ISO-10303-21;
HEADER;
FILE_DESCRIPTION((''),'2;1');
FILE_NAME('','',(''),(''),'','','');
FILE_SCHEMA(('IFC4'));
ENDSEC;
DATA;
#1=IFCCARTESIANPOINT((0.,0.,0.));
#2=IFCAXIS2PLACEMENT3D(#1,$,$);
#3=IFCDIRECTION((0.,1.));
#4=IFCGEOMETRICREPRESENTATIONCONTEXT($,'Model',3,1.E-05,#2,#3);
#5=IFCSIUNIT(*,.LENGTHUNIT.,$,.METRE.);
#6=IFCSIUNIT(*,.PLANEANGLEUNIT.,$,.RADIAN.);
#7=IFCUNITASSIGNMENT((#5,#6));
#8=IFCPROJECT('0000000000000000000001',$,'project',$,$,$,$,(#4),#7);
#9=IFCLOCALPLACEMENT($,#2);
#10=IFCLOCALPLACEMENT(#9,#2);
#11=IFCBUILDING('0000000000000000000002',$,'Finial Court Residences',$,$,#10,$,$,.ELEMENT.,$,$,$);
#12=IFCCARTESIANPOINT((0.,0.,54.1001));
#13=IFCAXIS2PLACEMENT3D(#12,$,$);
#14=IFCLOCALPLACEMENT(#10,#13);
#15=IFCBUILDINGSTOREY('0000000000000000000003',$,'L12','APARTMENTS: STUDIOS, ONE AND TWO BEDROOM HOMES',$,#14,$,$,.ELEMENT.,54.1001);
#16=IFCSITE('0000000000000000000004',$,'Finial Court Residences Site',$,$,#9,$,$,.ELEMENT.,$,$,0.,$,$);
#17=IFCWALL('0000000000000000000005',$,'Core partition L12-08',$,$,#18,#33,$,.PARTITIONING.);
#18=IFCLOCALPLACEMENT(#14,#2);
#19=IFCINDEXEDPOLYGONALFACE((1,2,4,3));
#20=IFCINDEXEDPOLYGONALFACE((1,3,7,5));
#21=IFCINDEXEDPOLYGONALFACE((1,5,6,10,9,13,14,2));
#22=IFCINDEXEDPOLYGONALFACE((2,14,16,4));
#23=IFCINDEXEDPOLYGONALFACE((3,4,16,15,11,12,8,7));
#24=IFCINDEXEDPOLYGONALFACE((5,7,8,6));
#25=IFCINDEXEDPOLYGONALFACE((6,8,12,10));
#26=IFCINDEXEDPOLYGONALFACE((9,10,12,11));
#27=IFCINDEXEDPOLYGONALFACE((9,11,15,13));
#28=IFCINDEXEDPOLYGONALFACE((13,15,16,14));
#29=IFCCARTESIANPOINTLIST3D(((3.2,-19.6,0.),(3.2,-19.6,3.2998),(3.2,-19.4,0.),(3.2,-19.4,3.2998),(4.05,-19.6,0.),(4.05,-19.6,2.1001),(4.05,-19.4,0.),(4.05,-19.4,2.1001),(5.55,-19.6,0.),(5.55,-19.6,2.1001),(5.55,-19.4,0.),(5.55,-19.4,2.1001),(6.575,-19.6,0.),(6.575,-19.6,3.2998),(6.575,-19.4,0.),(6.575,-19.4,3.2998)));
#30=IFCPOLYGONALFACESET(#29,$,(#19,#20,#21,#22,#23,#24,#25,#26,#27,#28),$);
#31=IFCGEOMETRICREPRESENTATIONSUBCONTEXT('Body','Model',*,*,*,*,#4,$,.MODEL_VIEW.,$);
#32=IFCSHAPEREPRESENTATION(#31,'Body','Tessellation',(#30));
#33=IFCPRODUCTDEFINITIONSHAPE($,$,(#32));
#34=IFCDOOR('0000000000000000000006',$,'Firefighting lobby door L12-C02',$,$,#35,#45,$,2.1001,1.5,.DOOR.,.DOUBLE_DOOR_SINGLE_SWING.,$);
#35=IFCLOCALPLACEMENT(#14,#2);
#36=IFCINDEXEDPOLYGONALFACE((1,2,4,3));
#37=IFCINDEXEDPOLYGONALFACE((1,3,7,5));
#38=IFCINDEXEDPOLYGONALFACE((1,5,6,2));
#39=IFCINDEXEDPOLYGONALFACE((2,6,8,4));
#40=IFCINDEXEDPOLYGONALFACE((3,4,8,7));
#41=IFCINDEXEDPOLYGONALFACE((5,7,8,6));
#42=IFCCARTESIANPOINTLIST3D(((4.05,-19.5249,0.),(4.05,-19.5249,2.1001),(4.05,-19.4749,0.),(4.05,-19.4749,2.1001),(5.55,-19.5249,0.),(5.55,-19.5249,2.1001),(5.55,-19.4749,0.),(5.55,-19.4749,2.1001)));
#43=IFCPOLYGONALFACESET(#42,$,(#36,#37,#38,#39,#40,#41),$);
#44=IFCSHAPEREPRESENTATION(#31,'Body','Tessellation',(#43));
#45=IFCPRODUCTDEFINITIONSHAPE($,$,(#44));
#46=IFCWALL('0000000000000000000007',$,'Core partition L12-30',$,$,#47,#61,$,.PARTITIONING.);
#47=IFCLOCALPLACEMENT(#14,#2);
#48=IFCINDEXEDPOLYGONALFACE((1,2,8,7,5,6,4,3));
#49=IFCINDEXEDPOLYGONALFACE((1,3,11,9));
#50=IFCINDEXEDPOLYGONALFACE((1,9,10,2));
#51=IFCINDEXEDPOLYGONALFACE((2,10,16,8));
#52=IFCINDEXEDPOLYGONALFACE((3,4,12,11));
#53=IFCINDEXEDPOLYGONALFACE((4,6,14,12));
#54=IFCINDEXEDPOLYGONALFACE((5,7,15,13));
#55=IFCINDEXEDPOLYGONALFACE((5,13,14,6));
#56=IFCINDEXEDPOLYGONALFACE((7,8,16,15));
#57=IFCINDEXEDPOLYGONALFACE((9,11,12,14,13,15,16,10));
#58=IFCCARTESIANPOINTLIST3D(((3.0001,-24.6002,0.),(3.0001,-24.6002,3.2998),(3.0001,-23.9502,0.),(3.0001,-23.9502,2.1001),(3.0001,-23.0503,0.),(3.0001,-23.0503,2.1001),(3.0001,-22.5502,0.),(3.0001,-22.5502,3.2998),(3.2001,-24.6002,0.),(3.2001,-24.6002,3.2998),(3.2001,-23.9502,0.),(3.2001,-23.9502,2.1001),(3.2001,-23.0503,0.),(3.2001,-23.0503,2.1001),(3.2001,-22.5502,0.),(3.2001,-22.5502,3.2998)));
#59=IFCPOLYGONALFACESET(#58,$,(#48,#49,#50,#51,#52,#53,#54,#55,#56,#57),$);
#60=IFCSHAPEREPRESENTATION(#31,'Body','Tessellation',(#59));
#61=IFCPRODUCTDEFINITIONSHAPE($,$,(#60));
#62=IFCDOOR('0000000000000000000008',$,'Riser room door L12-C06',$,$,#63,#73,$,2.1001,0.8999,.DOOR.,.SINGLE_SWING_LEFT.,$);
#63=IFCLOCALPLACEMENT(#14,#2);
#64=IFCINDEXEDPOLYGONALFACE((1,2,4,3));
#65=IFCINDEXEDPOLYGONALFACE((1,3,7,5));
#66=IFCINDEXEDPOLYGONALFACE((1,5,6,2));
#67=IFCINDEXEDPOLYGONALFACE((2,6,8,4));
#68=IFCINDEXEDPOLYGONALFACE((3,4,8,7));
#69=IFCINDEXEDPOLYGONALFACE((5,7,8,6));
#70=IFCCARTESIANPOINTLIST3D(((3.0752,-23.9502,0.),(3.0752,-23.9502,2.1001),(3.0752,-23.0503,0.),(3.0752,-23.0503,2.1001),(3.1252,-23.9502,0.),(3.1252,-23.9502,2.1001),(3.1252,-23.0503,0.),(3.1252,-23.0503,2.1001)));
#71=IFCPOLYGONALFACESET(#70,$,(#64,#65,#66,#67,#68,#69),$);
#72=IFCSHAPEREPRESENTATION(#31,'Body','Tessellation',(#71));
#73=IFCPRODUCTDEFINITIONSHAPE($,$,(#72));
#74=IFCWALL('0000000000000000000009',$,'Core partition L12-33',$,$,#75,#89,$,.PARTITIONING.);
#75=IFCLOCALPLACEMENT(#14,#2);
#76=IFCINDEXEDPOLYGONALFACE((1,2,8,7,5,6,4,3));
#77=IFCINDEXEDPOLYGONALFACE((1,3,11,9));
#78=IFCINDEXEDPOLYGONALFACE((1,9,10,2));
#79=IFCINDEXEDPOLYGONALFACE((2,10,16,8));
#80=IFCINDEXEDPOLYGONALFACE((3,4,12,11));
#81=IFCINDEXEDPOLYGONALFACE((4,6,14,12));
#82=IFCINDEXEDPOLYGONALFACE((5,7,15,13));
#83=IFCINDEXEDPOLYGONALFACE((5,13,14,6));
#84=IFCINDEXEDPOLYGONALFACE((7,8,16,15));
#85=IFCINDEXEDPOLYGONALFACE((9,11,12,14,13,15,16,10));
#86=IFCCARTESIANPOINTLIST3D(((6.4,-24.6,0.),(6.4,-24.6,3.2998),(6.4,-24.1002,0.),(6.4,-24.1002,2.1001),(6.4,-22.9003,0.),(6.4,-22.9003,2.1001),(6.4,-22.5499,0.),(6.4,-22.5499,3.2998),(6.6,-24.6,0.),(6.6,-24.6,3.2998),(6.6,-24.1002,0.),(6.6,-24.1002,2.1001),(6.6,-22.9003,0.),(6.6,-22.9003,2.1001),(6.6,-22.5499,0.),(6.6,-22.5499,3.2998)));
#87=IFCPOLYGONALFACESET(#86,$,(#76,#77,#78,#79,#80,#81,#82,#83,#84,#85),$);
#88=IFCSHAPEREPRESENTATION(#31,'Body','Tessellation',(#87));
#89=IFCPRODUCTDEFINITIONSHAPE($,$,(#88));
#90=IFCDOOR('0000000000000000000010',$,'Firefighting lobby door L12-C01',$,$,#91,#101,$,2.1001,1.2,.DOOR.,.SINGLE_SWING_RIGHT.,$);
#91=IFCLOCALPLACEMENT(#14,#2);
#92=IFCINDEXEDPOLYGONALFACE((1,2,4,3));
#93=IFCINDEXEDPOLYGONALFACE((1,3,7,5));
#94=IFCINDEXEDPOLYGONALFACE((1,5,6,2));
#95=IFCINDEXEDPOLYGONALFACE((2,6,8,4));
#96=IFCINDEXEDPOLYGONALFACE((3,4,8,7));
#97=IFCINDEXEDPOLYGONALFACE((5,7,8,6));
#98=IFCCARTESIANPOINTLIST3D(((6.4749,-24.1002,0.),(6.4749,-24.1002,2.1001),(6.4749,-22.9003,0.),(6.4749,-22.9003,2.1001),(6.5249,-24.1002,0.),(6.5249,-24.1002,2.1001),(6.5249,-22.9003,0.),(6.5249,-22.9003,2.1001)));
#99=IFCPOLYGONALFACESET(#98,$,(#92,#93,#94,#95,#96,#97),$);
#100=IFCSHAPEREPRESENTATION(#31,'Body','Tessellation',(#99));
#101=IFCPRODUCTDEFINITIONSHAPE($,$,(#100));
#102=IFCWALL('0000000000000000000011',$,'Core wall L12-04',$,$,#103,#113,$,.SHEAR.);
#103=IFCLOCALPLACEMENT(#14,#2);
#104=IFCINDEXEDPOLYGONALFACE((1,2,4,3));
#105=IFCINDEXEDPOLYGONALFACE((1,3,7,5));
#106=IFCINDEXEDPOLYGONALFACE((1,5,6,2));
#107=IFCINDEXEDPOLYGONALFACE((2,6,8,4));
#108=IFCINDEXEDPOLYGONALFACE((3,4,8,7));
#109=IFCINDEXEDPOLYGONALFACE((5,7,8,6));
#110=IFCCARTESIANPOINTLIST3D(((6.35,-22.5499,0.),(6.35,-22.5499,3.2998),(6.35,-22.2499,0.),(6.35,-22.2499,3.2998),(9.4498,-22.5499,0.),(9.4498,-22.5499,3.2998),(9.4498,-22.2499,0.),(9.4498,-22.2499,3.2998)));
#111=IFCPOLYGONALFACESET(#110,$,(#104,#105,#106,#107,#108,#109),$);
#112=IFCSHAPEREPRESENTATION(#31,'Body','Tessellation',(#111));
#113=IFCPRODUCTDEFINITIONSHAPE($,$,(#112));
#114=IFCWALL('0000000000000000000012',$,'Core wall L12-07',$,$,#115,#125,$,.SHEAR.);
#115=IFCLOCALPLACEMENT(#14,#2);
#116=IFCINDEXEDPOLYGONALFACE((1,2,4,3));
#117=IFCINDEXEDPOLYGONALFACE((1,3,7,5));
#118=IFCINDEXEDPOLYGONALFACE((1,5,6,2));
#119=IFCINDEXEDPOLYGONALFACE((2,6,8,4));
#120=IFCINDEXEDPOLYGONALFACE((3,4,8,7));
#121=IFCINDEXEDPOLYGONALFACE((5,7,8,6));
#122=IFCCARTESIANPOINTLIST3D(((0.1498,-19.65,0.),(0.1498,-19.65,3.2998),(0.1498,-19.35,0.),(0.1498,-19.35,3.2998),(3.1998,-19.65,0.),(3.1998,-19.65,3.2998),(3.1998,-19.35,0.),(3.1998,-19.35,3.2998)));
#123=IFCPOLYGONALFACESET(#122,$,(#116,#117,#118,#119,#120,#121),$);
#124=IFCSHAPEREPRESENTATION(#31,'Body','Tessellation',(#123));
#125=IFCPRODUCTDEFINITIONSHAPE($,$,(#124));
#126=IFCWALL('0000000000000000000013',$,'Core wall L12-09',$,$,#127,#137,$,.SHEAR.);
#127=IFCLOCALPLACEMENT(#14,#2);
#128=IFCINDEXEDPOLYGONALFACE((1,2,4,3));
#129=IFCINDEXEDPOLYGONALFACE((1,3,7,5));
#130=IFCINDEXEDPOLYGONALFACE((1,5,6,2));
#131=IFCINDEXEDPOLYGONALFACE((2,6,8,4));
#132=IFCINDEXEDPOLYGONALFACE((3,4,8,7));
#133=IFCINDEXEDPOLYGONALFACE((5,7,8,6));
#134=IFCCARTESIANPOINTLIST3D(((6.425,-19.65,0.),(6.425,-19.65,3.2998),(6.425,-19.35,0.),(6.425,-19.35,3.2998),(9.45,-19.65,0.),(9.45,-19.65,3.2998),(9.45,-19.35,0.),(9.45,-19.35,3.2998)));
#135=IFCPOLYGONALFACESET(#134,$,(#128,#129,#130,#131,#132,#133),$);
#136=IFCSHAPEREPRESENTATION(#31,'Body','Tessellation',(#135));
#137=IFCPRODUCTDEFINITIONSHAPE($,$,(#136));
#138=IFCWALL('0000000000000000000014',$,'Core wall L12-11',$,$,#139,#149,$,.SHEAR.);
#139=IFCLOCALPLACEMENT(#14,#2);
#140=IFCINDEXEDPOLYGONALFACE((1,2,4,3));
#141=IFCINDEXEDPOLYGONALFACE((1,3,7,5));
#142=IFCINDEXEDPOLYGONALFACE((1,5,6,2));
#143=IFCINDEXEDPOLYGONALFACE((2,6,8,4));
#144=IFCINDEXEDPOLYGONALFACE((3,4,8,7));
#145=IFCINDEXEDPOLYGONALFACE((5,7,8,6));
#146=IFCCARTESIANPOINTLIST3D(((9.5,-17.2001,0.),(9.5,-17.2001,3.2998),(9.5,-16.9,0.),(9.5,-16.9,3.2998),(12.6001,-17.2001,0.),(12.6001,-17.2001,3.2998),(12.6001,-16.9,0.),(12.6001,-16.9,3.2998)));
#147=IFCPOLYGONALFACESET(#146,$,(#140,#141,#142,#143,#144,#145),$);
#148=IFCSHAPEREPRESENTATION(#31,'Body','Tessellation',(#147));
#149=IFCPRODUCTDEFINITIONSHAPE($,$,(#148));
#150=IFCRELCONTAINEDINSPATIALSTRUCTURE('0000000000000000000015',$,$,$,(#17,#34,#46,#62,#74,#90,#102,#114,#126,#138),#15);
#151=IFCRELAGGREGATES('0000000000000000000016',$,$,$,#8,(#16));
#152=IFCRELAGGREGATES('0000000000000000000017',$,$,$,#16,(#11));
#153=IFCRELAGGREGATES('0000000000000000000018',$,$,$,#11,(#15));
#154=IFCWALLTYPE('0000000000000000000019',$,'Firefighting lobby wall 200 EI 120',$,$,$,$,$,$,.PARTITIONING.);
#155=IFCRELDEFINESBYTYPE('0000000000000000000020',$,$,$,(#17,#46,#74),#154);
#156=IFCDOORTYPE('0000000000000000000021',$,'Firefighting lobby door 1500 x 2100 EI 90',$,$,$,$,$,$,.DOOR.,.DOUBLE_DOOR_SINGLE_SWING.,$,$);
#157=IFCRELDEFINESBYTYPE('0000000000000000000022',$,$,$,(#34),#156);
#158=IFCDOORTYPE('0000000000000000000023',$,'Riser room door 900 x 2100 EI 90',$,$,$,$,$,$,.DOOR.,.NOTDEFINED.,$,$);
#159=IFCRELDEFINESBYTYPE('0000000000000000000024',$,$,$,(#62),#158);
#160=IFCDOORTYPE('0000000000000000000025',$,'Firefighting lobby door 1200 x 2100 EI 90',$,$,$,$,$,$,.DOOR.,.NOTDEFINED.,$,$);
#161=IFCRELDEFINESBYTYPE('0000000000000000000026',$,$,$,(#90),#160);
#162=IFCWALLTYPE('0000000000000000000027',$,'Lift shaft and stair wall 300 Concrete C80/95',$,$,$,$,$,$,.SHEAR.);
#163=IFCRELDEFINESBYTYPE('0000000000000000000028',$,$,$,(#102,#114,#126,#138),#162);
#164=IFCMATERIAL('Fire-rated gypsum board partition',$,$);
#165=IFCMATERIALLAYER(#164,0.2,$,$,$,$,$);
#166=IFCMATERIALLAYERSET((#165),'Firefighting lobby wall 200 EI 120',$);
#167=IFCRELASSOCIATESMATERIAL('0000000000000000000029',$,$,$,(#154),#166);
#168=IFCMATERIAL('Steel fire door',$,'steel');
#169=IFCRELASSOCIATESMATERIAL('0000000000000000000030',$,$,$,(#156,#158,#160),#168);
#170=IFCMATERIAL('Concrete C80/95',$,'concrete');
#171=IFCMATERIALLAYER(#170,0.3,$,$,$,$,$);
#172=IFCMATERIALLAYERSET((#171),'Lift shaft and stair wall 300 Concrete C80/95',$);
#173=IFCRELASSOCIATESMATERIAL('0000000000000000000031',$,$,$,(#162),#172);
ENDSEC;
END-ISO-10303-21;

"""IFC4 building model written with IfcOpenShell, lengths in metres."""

from ifc_helpers import new_model, si_unit, direction, frame, frame_2d, origin, place, context, subcontext, project, spatial, rectangle, extrude, material, layer, layer_set, type_object, element, fill, save


model = new_model("IFC4")

# Units and contexts
model_context = context("Model", 3, precision=1e-05, world=origin(), true_north=direction((0.0, 1.0)))
body_context = subcontext(model_context, "Body", "Model", "MODEL_VIEW")
ifc_project = project(units=[si_unit("LENGTHUNIT", "METRE"), si_unit("PLANEANGLEUNIT", "RADIAN")], contexts=[model_context])

# Site, building, storey
site_placement = place(None, origin())
site = spatial("IfcSite", under=ifc_project, at=site_placement, Name="Finial Court Residences Site", CompositionType="ELEMENT", RefElevation=0.0)
building_placement = place(site_placement, origin())
building = spatial("IfcBuilding", under=site, at=building_placement, Name="Finial Court Residences", CompositionType="ELEMENT")
storey_placement = place(building_placement, frame((0.0, 0.0, 54.1001)))
storey = spatial("IfcBuildingStorey", under=building, at=storey_placement, Name="L12", Description="APARTMENTS: STUDIOS, ONE AND TWO BEDROOM HOMES", CompositionType="ELEMENT", Elevation=54.1001)

# Walls, openings, doors
ifc_material_1 = material(Name="Fire-rated gypsum board partition")
ifc_layer_1 = layer(ifc_material_1, 0.2)
ifc_layer_set_1 = layer_set([ifc_layer_1], Name="Firefighting lobby wall 200 EI 120")
wall_type_1 = type_object("IfcWallType", Name="Firefighting lobby wall 200 EI 120", PredefinedType="PARTITIONING", material=ifc_layer_set_1)
wall_1_placement = place(storey_placement, frame((6.575, -19.5, 0.0), z_axis=(0.0, 0.0, 1.0), x_axis=(-1.0, 0.0, 0.0)))
wall_1 = element("IfcWall", 1, at=wall_1_placement, inside=storey, type_object=wall_type_1, Name="Core partition L12-08", PredefinedType="PARTITIONING", context=body_context, shape_type="SweptSolid", body=[
    extrude(rectangle(XDim=3.375, YDim=0.2, at=frame_2d((1.6875, 0.0))), origin(), (0.0, 0.0, 1.0), 3.2998),
])
opening_1_placement = place(wall_1_placement, frame((1.0249, 0.0, 0.0)))
opening_1 = element("IfcOpeningElement", 2, at=opening_1_placement, cuts=wall_1, PredefinedType="OPENING", context=body_context, shape_type="SweptSolid", body=[
    extrude(rectangle(XDim=1.5, YDim=2.1001, at=frame_2d((0.75, 1.05))), frame((0.0, 0.1099, 0.0), z_axis=(0.0, -1.0, 0.0), x_axis=(1.0, 0.0, 0.0)), (0.0, 0.0, 1.0), 0.22),
])
ifc_material_2 = material(Name="Steel fire door", Category="steel")
door_type_1 = type_object("IfcDoorType", Name="Firefighting lobby door 1500 x 2100 EI 90", OperationType="DOUBLE_DOOR_SINGLE_SWING", PredefinedType="DOOR", material=ifc_material_2)
door_1_placement = place(opening_1_placement, origin())
door_1 = element("IfcDoor", 3, at=door_1_placement, inside=storey, type_object=door_type_1, Name="Firefighting lobby door L12-C02", OperationType="DOUBLE_DOOR_SINGLE_SWING", OverallHeight=2.1001, OverallWidth=1.5, PredefinedType="DOOR", context=body_context, shape_type="SweptSolid", body=[
    extrude(rectangle(XDim=1.5, YDim=2.1001, at=frame_2d((0.75, 1.05))), frame((0.0, 0.0249, 0.0), z_axis=(0.0, -1.0, 0.0), x_axis=(1.0, 0.0, 0.0)), (0.0, 0.0, 1.0), 0.05),
])
fill(opening_1, door_1)
wall_2_placement = place(storey_placement, frame((3.1001, -24.6001, 0.0), z_axis=(0.0, 0.0, 1.0), x_axis=(0.0, 1.0, 0.0)))
wall_2 = element("IfcWall", 4, at=wall_2_placement, inside=storey, type_object=wall_type_1, Name="Core partition L12-30", PredefinedType="PARTITIONING", context=body_context, shape_type="SweptSolid", body=[
    extrude(rectangle(XDim=2.05, YDim=0.2, at=frame_2d((1.0249, 0.0))), origin(), (0.0, 0.0, 1.0), 3.2998),
])
opening_2_placement = place(wall_2_placement, frame((0.6499, 0.0, 0.0)))
opening_2 = element("IfcOpeningElement", 5, at=opening_2_placement, cuts=wall_2, PredefinedType="OPENING", context=body_context, shape_type="SweptSolid", body=[
    extrude(rectangle(XDim=0.8999, YDim=2.1001, at=frame_2d((0.45, 1.05))), frame((0.0, 0.1099, 0.0), z_axis=(0.0, -1.0, 0.0), x_axis=(1.0, 0.0, 0.0)), (0.0, 0.0, 1.0), 0.22),
])
door_type_2 = type_object("IfcDoorType", Name="Riser room door 900 x 2100 EI 90", OperationType="NOTDEFINED", PredefinedType="DOOR", material=ifc_material_2)
door_2_placement = place(opening_2_placement, origin())
door_2 = element("IfcDoor", 6, at=door_2_placement, inside=storey, type_object=door_type_2, Name="Riser room door L12-C06", OperationType="SINGLE_SWING_LEFT", OverallHeight=2.1001, OverallWidth=0.8999, PredefinedType="DOOR", context=body_context, shape_type="SweptSolid", body=[
    extrude(rectangle(XDim=0.8999, YDim=2.1001, at=frame_2d((0.45, 1.05))), frame((0.0, 0.0249, 0.0), z_axis=(0.0, -1.0, 0.0), x_axis=(1.0, 0.0, 0.0)), (0.0, 0.0, 1.0), 0.05),
])
fill(opening_2, door_2)
wall_3_placement = place(storey_placement, frame((6.5, -22.55, 0.0), z_axis=(0.0, 0.0, 1.0), x_axis=(0.0, -1.0, 0.0)))
wall_3 = element("IfcWall", 7, at=wall_3_placement, inside=storey, type_object=wall_type_1, Name="Core partition L12-33", PredefinedType="PARTITIONING", context=body_context, shape_type="SweptSolid", body=[
    extrude(rectangle(XDim=2.05, YDim=0.2, at=frame_2d((1.0249, 0.0))), origin(), (0.0, 0.0, 1.0), 3.2998),
])
opening_3_placement = place(wall_3_placement, frame((0.3501, 0.0, 0.0)))
opening_3 = element("IfcOpeningElement", 8, at=opening_3_placement, cuts=wall_3, PredefinedType="OPENING", context=body_context, shape_type="SweptSolid", body=[
    extrude(rectangle(XDim=1.2, YDim=2.1001, at=frame_2d((0.6001, 1.05))), frame((0.0, 0.1099, 0.0), z_axis=(0.0, -1.0, 0.0), x_axis=(1.0, 0.0, 0.0)), (0.0, 0.0, 1.0), 0.22),
])
door_type_3 = type_object("IfcDoorType", Name="Firefighting lobby door 1200 x 2100 EI 90", OperationType="NOTDEFINED", PredefinedType="DOOR", material=ifc_material_2)
door_3_placement = place(opening_3_placement, origin())
door_3 = element("IfcDoor", 9, at=door_3_placement, inside=storey, type_object=door_type_3, Name="Firefighting lobby door L12-C01", OperationType="SINGLE_SWING_RIGHT", OverallHeight=2.1001, OverallWidth=1.2, PredefinedType="DOOR", context=body_context, shape_type="SweptSolid", body=[
    extrude(rectangle(XDim=1.2, YDim=2.1001, at=frame_2d((0.6001, 1.05))), frame((0.0, 0.0249, 0.0), z_axis=(0.0, -1.0, 0.0), x_axis=(1.0, 0.0, 0.0)), (0.0, 0.0, 1.0), 0.05),
])
fill(opening_3, door_3)

# Walls
ifc_material_3 = material(Name="Concrete C80/95", Category="concrete")
ifc_layer_2 = layer(ifc_material_3, 0.3)
ifc_layer_set_2 = layer_set([ifc_layer_2], Name="Lift shaft and stair wall 300 Concrete C80/95")
wall_type_2 = type_object("IfcWallType", Name="Lift shaft and stair wall 300 Concrete C80/95", PredefinedType="SHEAR", material=ifc_layer_set_2)
wall_4_placement = place(storey_placement, frame((6.3501, -22.3999, 0.0), z_axis=(0.0, 0.0, 1.0), x_axis=(1.0, 0.0, 0.0)))
element("IfcWall", 10, at=wall_4_placement, inside=storey, type_object=wall_type_2, Name="Core wall L12-04", PredefinedType="SHEAR", context=body_context, shape_type="SweptSolid", body=[
    extrude(rectangle(XDim=3.0999, YDim=0.3, at=frame_2d((1.5498, 0.0))), origin(), (0.0, 0.0, 1.0), 3.2998),
])
wall_5_placement = place(storey_placement, frame((0.1499, -19.5, 0.0), z_axis=(0.0, 0.0, 1.0), x_axis=(1.0, 0.0, 0.0)))
element("IfcWall", 11, at=wall_5_placement, inside=storey, type_object=wall_type_2, Name="Core wall L12-07", PredefinedType="SHEAR", context=body_context, shape_type="SweptSolid", body=[
    extrude(rectangle(XDim=3.05, YDim=0.3, at=frame_2d((1.5249, 0.0))), origin(), (0.0, 0.0, 1.0), 3.2998),
])
wall_6_placement = place(storey_placement, frame((6.425, -19.5, 0.0), z_axis=(0.0, 0.0, 1.0), x_axis=(1.0, 0.0, 0.0)))
element("IfcWall", 12, at=wall_6_placement, inside=storey, type_object=wall_type_2, Name="Core wall L12-09", PredefinedType="SHEAR", context=body_context, shape_type="SweptSolid", body=[
    extrude(rectangle(XDim=3.0249, YDim=0.3, at=frame_2d((1.5125, 0.0))), origin(), (0.0, 0.0, 1.0), 3.2998),
])
wall_7_placement = place(storey_placement, frame((9.5, -17.05, 0.0), z_axis=(0.0, 0.0, 1.0), x_axis=(1.0, 0.0, 0.0)))
element("IfcWall", 13, at=wall_7_placement, inside=storey, type_object=wall_type_2, Name="Core wall L12-11", PredefinedType="SHEAR", context=body_context, shape_type="SweptSolid", body=[
    extrude(rectangle(XDim=3.1001, YDim=0.3, at=frame_2d((1.55, 0.0))), origin(), (0.0, 0.0, 1.0), 3.2998),
])

save(model, "model.ifc")
